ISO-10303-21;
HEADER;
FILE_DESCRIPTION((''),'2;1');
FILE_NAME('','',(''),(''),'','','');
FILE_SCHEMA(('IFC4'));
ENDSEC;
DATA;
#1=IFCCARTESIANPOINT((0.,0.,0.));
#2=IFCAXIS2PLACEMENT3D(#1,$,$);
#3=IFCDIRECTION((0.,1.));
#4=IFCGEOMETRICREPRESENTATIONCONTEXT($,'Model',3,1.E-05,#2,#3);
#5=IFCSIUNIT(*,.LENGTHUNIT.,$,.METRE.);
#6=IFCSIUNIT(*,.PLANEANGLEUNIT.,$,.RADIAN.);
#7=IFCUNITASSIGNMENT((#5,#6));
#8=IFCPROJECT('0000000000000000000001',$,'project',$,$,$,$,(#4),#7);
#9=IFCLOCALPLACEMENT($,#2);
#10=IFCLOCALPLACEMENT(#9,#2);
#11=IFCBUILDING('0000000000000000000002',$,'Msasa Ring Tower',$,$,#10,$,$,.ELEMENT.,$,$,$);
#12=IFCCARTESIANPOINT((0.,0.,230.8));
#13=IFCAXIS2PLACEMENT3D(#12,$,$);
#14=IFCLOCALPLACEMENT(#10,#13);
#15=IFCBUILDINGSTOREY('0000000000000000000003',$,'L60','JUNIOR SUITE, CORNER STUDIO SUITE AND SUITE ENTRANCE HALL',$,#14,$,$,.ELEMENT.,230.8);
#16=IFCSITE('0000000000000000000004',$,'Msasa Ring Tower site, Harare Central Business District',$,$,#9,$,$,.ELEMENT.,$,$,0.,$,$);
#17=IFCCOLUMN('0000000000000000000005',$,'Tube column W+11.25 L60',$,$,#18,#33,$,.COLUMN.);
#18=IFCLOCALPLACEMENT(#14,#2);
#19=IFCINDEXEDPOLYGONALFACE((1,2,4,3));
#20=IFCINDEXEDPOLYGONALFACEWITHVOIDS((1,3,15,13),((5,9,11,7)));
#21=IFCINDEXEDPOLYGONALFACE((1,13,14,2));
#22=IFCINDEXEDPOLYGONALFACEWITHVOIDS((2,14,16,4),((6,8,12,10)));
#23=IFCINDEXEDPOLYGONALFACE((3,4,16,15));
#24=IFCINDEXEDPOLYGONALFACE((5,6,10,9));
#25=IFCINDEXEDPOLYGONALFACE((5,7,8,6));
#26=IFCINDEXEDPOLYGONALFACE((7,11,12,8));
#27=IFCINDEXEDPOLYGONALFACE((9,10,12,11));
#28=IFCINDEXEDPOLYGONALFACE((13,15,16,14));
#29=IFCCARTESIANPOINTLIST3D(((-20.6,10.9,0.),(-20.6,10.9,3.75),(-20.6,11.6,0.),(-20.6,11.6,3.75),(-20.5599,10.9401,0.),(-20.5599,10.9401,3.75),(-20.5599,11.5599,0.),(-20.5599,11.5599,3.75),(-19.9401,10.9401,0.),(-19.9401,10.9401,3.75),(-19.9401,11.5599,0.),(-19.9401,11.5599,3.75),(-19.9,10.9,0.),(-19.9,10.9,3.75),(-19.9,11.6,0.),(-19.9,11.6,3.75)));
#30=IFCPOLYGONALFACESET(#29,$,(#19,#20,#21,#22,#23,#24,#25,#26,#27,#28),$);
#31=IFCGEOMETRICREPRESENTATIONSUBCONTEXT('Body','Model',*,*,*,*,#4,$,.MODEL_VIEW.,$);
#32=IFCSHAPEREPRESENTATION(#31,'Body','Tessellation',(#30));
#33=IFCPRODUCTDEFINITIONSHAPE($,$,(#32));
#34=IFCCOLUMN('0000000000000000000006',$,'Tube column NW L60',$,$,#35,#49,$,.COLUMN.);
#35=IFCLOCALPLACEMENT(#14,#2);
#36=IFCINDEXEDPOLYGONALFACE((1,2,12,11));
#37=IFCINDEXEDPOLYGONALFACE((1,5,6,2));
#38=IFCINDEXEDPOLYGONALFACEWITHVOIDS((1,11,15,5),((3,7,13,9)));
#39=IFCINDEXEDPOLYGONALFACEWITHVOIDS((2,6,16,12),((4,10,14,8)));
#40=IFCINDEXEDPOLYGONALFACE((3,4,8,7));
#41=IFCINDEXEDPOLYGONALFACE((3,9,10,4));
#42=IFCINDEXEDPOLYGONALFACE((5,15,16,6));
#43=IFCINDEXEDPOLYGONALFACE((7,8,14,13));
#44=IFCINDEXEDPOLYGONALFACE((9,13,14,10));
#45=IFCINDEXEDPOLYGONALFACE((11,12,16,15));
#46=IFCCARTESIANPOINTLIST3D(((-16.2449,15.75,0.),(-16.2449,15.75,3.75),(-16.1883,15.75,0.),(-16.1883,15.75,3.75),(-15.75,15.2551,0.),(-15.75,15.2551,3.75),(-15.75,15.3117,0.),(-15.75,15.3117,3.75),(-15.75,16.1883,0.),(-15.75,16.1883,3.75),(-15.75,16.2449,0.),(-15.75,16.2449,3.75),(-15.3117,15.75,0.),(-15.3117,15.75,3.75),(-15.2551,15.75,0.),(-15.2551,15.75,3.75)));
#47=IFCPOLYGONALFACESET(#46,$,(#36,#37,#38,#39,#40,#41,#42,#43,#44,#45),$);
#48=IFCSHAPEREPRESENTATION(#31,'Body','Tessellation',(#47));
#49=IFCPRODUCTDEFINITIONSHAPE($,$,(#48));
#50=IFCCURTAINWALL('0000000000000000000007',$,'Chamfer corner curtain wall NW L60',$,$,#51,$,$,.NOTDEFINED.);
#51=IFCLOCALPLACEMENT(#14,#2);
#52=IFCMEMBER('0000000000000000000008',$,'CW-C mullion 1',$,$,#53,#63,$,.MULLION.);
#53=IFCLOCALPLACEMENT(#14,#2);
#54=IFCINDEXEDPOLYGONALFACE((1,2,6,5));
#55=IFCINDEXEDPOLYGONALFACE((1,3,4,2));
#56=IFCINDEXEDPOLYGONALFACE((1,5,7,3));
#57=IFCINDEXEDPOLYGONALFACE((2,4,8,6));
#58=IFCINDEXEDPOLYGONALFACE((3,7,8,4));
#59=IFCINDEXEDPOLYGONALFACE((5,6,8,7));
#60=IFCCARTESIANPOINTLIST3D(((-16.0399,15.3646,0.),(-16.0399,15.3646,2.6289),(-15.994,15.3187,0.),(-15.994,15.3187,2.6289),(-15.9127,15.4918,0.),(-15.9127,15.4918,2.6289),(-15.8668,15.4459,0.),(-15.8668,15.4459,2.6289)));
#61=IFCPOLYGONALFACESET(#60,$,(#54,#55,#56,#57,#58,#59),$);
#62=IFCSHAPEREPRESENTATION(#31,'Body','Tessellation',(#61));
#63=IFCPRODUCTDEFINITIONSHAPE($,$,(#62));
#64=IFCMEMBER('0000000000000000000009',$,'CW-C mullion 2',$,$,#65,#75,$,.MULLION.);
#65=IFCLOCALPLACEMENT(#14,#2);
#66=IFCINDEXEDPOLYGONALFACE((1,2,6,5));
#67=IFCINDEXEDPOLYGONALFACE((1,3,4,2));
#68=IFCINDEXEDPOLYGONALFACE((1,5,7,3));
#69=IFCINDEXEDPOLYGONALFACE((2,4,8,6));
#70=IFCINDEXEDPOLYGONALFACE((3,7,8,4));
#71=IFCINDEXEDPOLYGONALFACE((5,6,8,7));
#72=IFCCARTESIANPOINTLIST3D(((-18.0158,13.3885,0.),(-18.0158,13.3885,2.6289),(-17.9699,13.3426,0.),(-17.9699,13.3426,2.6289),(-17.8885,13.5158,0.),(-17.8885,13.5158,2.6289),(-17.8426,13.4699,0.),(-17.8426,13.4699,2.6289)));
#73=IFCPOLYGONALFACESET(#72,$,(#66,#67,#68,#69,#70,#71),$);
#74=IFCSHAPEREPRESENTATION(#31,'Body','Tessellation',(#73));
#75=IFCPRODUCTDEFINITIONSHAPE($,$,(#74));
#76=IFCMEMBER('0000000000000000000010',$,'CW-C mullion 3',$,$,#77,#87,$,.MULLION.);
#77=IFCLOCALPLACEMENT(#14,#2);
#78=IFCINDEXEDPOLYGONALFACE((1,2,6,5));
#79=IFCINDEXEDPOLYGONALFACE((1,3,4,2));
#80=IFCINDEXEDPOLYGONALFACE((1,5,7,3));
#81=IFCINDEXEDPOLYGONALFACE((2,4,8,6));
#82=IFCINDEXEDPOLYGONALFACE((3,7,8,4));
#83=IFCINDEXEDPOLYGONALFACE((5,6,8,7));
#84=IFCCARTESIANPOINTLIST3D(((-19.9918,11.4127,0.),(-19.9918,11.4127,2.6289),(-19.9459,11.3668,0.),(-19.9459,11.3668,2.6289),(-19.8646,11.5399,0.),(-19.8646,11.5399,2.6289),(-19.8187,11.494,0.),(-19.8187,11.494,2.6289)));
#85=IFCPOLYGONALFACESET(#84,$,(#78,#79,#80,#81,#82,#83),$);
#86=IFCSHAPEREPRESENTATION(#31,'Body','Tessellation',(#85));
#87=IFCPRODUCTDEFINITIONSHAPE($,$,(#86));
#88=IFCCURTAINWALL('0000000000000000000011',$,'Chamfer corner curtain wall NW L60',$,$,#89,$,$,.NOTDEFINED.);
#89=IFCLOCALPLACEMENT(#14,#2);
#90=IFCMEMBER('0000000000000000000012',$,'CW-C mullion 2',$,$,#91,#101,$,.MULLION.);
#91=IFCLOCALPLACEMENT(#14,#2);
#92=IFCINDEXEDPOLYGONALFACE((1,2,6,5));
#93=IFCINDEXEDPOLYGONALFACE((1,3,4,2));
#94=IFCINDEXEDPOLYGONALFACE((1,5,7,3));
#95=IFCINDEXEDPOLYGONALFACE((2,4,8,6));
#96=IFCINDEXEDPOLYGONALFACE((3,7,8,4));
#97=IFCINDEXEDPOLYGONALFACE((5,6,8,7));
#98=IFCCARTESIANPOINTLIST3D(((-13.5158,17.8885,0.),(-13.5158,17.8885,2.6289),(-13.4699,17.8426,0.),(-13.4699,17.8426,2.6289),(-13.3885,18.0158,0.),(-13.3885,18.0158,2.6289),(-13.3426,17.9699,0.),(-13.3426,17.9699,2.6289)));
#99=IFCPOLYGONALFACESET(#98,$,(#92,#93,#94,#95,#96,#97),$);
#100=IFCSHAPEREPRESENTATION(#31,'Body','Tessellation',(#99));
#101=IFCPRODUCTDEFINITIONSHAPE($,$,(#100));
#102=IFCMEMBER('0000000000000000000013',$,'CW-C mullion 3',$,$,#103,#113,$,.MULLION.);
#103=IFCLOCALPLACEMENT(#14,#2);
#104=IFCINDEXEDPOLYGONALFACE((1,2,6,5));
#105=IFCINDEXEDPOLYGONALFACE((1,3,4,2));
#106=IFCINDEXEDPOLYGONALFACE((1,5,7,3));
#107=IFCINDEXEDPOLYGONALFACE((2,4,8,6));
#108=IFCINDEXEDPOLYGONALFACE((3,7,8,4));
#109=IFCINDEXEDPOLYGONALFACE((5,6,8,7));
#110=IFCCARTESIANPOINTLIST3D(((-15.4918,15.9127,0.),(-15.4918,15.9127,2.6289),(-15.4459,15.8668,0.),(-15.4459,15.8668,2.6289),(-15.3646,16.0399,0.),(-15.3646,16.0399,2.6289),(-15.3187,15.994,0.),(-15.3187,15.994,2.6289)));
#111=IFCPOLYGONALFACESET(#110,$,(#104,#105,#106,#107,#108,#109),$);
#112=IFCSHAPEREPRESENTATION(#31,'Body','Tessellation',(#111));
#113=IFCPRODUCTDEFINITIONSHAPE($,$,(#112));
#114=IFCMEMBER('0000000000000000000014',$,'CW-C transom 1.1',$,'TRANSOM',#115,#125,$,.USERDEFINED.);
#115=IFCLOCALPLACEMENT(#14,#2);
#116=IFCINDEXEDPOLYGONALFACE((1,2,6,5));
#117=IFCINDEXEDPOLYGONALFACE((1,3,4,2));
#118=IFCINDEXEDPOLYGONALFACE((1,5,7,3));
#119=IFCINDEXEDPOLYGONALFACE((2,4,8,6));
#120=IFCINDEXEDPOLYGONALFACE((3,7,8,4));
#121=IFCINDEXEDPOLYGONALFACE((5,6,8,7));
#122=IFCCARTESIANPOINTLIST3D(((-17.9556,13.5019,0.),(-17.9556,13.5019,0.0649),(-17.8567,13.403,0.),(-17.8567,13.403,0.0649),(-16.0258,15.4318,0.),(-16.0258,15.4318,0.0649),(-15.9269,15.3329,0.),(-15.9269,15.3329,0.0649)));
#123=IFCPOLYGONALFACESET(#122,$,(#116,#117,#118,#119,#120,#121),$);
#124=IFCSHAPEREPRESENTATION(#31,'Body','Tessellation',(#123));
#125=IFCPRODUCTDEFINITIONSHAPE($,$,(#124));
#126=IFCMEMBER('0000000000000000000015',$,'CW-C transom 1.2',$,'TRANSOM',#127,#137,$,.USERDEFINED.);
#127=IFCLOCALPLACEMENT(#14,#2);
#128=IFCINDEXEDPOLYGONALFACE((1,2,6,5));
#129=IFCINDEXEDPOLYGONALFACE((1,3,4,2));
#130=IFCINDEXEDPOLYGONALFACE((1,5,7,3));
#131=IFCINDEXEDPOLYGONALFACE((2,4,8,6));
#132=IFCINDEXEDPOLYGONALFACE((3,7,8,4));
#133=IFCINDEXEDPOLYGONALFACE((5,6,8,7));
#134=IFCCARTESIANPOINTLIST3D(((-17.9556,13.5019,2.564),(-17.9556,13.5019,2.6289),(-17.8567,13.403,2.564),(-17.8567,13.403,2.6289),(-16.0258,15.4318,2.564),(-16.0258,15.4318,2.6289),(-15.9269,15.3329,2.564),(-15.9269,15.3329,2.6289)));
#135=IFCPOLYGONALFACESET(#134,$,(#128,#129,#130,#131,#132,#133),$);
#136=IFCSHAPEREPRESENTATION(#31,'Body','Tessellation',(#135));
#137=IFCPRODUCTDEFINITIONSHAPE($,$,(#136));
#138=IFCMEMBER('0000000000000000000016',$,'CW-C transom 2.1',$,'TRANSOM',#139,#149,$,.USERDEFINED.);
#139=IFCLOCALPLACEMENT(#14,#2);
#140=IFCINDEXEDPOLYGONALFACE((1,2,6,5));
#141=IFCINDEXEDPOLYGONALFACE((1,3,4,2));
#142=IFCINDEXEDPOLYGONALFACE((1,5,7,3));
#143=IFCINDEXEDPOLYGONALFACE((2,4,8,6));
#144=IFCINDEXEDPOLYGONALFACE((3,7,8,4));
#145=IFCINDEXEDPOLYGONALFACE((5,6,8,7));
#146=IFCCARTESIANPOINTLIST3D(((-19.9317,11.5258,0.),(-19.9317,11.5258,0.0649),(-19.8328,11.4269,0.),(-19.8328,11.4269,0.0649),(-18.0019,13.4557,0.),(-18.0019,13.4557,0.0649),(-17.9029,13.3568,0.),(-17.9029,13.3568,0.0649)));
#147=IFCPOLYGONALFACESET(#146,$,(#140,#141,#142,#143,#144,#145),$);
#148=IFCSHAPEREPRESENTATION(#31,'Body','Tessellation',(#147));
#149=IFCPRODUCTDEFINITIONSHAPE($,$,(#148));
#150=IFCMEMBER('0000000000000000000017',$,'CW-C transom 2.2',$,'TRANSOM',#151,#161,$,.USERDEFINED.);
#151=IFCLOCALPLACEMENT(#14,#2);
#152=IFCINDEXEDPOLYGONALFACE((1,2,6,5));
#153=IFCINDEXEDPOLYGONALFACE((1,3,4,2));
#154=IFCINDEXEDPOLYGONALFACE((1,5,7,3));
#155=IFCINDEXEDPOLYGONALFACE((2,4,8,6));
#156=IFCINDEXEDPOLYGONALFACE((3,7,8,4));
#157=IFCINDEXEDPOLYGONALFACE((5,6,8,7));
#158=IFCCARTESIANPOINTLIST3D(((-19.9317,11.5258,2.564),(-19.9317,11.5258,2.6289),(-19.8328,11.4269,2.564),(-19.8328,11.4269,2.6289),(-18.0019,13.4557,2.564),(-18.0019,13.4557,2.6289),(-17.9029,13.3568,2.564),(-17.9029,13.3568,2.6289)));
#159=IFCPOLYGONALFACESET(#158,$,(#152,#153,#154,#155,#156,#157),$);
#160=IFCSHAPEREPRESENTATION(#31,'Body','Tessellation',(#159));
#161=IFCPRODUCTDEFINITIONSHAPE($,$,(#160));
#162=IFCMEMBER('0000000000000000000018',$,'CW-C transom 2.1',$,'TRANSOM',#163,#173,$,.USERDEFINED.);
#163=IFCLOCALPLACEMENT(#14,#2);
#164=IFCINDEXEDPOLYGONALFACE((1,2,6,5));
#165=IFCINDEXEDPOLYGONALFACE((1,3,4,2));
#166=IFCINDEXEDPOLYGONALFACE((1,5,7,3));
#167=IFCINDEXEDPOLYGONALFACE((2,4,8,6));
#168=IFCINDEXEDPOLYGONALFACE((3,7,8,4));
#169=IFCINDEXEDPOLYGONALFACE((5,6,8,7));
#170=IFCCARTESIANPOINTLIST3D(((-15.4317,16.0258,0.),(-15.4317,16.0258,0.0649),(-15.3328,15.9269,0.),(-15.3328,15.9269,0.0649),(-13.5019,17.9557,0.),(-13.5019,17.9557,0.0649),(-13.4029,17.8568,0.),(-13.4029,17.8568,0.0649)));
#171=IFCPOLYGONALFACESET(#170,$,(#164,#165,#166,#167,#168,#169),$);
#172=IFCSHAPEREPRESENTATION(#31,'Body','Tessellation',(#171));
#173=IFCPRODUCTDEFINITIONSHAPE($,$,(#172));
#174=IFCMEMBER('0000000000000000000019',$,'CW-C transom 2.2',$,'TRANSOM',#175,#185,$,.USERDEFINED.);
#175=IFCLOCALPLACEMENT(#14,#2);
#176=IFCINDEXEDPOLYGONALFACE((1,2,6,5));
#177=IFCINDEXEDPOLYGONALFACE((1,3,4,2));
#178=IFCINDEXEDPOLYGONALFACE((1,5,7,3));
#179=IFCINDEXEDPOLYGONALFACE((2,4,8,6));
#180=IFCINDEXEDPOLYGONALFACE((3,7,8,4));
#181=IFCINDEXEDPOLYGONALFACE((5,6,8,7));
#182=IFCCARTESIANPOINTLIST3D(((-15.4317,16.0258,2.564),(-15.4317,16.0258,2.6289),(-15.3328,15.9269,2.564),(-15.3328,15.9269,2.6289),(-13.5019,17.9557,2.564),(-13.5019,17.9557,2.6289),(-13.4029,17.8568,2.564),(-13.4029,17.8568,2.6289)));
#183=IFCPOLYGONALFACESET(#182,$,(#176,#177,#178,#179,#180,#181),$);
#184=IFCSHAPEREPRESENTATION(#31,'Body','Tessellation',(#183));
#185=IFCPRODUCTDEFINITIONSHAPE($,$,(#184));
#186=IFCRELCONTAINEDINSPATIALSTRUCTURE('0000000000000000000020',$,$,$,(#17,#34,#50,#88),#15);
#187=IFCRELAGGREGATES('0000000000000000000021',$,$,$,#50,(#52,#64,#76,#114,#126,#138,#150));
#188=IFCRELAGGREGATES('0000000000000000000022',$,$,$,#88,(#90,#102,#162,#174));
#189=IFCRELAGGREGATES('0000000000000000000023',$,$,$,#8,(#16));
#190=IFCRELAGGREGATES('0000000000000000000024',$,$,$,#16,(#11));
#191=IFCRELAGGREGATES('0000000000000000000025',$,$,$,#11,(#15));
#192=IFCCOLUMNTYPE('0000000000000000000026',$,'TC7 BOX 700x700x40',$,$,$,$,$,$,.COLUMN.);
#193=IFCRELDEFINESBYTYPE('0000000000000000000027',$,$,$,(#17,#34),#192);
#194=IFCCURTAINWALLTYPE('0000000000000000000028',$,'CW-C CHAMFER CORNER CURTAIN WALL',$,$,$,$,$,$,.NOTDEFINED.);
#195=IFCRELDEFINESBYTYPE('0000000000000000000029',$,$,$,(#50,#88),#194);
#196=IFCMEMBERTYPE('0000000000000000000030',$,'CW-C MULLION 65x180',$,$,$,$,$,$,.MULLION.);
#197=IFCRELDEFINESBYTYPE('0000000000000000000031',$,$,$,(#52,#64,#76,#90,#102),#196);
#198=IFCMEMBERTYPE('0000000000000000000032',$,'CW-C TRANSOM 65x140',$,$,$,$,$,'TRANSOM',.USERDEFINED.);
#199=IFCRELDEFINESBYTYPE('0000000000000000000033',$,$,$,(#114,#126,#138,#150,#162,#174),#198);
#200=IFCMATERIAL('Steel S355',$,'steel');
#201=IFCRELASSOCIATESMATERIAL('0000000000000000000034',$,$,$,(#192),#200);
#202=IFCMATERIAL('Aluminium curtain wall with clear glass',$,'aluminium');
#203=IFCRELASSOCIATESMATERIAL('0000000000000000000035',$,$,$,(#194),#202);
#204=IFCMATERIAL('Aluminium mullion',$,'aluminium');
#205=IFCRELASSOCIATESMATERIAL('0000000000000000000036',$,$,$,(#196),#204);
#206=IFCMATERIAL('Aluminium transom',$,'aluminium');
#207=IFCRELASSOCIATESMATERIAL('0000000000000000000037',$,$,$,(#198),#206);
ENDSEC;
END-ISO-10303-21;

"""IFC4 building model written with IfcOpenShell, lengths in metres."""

from ifc_helpers import new_model, si_unit, direction, frame, origin, origin_2d, place, context, subcontext, project, spatial, rectangle, hollow_rectangle, extrude, material, material_profile, profile_set, type_object, element, aggregate, save


model = new_model("IFC4")

# Units and contexts
model_context = context("Model", 3, precision=1e-05, world=origin(), true_north=direction((0.0, 1.0)))
body_context = subcontext(model_context, "Body", "Model", "MODEL_VIEW")
ifc_project = project(units=[si_unit("LENGTHUNIT", "METRE"), si_unit("PLANEANGLEUNIT", "RADIAN")], contexts=[model_context])

# Site, building, storey
site_placement = place(None, origin())
site = spatial("IfcSite", under=ifc_project, at=site_placement, Name="Msasa Ring Tower site, Harare Central Business District", CompositionType="ELEMENT", RefElevation=0.0)
building_placement = place(site_placement, origin())
building = spatial("IfcBuilding", under=site, at=building_placement, Name="Msasa Ring Tower", CompositionType="ELEMENT")
storey_placement = place(building_placement, frame((0.0, 0.0, 230.8)))
storey = spatial("IfcBuildingStorey", under=building, at=storey_placement, Name="L60", Description="JUNIOR SUITE, CORNER STUDIO SUITE AND SUITE ENTRANCE HALL", CompositionType="ELEMENT", Elevation=230.8)

# Columns
ifc_material_1 = material(Name="Steel S355", Category="steel")
ifc_material_profile_1 = material_profile(ifc_material_1, hollow_rectangle(XDim=0.7, YDim=0.7, WallThickness=0.04, at=origin_2d()), Name="BOX 700x700x40")
ifc_profile_set_1 = profile_set([ifc_material_profile_1], Name="Steel S355")
column_type = type_object("IfcColumnType", Name="TC7 BOX 700x700x40", PredefinedType="COLUMN", material=ifc_profile_set_1)
for number, where, z_axis, x_axis, name in (
    (1, (-20.25, 11.25, 0.0), (0.0, 0.0, 1.0), (1.0, 0.0, 0.0), "Tube column W+11.25 L60"),
    (2, (-15.75, 15.75, 0.0), (0.0, 0.0, 1.0), (0.707107, -0.707107, 0.0), "Tube column NW L60"),
):
    element("IfcColumn", number, at=place(storey_placement, frame(where, z_axis=z_axis, x_axis=x_axis)), inside=storey, type_object=column_type, Name=name, PredefinedType="COLUMN", context=body_context, shape_type="SweptSolid", body=[
        extrude(hollow_rectangle(XDim=0.7, YDim=0.7, WallThickness=0.04, at=origin_2d()), origin(), (0.0, 0.0, 1.0), 3.75),
    ])

# Curtain walls, members
ifc_material_2 = material(Name="Aluminium curtain wall with clear glass", Category="aluminium")
curtain_wall_type = type_object("IfcCurtainWallType", Name="CW-C CHAMFER CORNER CURTAIN WALL", PredefinedType="NOTDEFINED", material=ifc_material_2)
curtain_wall_1_placement = place(storey_placement, origin())
curtain_wall_1 = element("IfcCurtainWall", 3, at=curtain_wall_1_placement, inside=storey, type_object=curtain_wall_type, Name="Chamfer corner curtain wall NW L60", PredefinedType="NOTDEFINED")
ifc_material_3 = material(Name="Aluminium mullion", Category="aluminium")
ifc_material_profile_2 = material_profile(ifc_material_3, rectangle(XDim=0.0649, YDim=0.1799, at=origin_2d()), Name="AL 65x180")
ifc_profile_set_2 = profile_set([ifc_material_profile_2], Name="Aluminium mullion")
member_type_1 = type_object("IfcMemberType", Name="CW-C MULLION 65x180", PredefinedType="MULLION", material=ifc_profile_set_2)
member_1_placement = place(storey_placement, frame((-15.9534, 15.4053, 0.0), z_axis=(0.0, 0.0, 1.0), x_axis=(0.707107, -0.707107, 0.0)))
member_1 = element("IfcMember", 4, at=member_1_placement, type_object=member_type_1, Name="CW-C mullion 1", PredefinedType="MULLION", context=body_context, shape_type="SweptSolid", body=[
    extrude(rectangle(XDim=0.0649, YDim=0.1799, at=origin_2d()), origin(), (0.0, 0.0, 1.0), 2.6289),
])
member_2_placement = place(storey_placement, frame((-17.9292, 13.4292, 0.0), z_axis=(0.0, 0.0, 1.0), x_axis=(0.707107, -0.707107, 0.0)))
member_2 = element("IfcMember", 5, at=member_2_placement, type_object=member_type_1, Name="CW-C mullion 2", PredefinedType="MULLION", context=body_context, shape_type="SweptSolid", body=[
    extrude(rectangle(XDim=0.0649, YDim=0.1799, at=origin_2d()), origin(), (0.0, 0.0, 1.0), 2.6289),
])
member_3_placement = place(storey_placement, frame((-19.9053, 11.4534, 0.0), z_axis=(0.0, 0.0, 1.0), x_axis=(0.707107, -0.707107, 0.0)))
member_3 = element("IfcMember", 6, at=member_3_placement, type_object=member_type_1, Name="CW-C mullion 3", PredefinedType="MULLION", context=body_context, shape_type="SweptSolid", body=[
    extrude(rectangle(XDim=0.0649, YDim=0.1799, at=origin_2d()), origin(), (0.0, 0.0, 1.0), 2.6289),
])
curtain_wall_2_placement = place(storey_placement, origin())
curtain_wall_2 = element("IfcCurtainWall", 7, at=curtain_wall_2_placement, inside=storey, type_object=curtain_wall_type, Name="Chamfer corner curtain wall NW L60", PredefinedType="NOTDEFINED")
member_4_placement = place(storey_placement, frame((-13.4292, 17.9292, 0.0), z_axis=(0.0, 0.0, 1.0), x_axis=(0.707107, -0.707107, 0.0)))
member_4 = element("IfcMember", 8, at=member_4_placement, type_object=member_type_1, Name="CW-C mullion 2", PredefinedType="MULLION", context=body_context, shape_type="SweptSolid", body=[
    extrude(rectangle(XDim=0.0649, YDim=0.1799, at=origin_2d()), origin(), (0.0, 0.0, 1.0), 2.6289),
])
member_5_placement = place(storey_placement, frame((-15.4053, 15.9534, 0.0), z_axis=(0.0, 0.0, 1.0), x_axis=(0.707107, -0.707107, 0.0)))
member_5 = element("IfcMember", 9, at=member_5_placement, type_object=member_type_1, Name="CW-C mullion 3", PredefinedType="MULLION", context=body_context, shape_type="SweptSolid", body=[
    extrude(rectangle(XDim=0.0649, YDim=0.1799, at=origin_2d()), origin(), (0.0, 0.0, 1.0), 2.6289),
])

# Members
ifc_material_4 = material(Name="Aluminium transom", Category="aluminium")
ifc_material_profile_3 = material_profile(ifc_material_4, rectangle(XDim=0.1399, YDim=0.0649, at=origin_2d()), Name="AL 65x140")
ifc_profile_set_3 = profile_set([ifc_material_profile_3], Name="Aluminium transom")
member_type_2 = type_object("IfcMemberType", Name="CW-C TRANSOM 65x140", ElementType="TRANSOM", PredefinedType="USERDEFINED", material=ifc_profile_set_3)
member_6_placement = place(storey_placement, frame((-15.9763, 15.3823, 0.0325), z_axis=(-0.707107, -0.707107, 0.0), x_axis=(0.707107, -0.707107, 0.0)))
member_6 = element("IfcMember", 10, at=member_6_placement, type_object=member_type_2, Name="CW-C transom 1.1", ObjectType="TRANSOM", PredefinedType="USERDEFINED", context=body_context, shape_type="SweptSolid", body=[
    extrude(rectangle(XDim=0.1399, YDim=0.0649, at=origin_2d()), origin(), (0.0, 0.0, 1.0), 2.7292),
])
member_7_placement = place(storey_placement, frame((-15.9763, 15.3823, 2.5964), z_axis=(-0.707107, -0.707107, 0.0), x_axis=(0.707107, -0.707107, 0.0)))
member_7 = element("IfcMember", 11, at=member_7_placement, type_object=member_type_2, Name="CW-C transom 1.2", ObjectType="TRANSOM", PredefinedType="USERDEFINED", context=body_context, shape_type="SweptSolid", body=[
    extrude(rectangle(XDim=0.1399, YDim=0.0649, at=origin_2d()), origin(), (0.0, 0.0, 1.0), 2.7292),
])
member_8_placement = place(storey_placement, frame((-17.9524, 13.4062, 0.0325), z_axis=(-0.707107, -0.707107, 0.0), x_axis=(0.707107, -0.707107, 0.0)))
member_8 = element("IfcMember", 12, at=member_8_placement, type_object=member_type_2, Name="CW-C transom 2.1", ObjectType="TRANSOM", PredefinedType="USERDEFINED", context=body_context, shape_type="SweptSolid", body=[
    extrude(rectangle(XDim=0.1399, YDim=0.0649, at=origin_2d()), origin(), (0.0, 0.0, 1.0), 2.7292),
])
member_9_placement = place(storey_placement, frame((-17.9524, 13.4062, 2.5964), z_axis=(-0.707107, -0.707107, 0.0), x_axis=(0.707107, -0.707107, 0.0)))
member_9 = element("IfcMember", 13, at=member_9_placement, type_object=member_type_2, Name="CW-C transom 2.2", ObjectType="TRANSOM", PredefinedType="USERDEFINED", context=body_context, shape_type="SweptSolid", body=[
    extrude(rectangle(XDim=0.1399, YDim=0.0649, at=origin_2d()), origin(), (0.0, 0.0, 1.0), 2.7292),
])
member_10_placement = place(storey_placement, frame((-13.4524, 17.9062, 0.0325), z_axis=(-0.707107, -0.707107, 0.0), x_axis=(0.707107, -0.707107, 0.0)))
member_10 = element("IfcMember", 14, at=member_10_placement, type_object=member_type_2, Name="CW-C transom 2.1", ObjectType="TRANSOM", PredefinedType="USERDEFINED", context=body_context, shape_type="SweptSolid", body=[
    extrude(rectangle(XDim=0.1399, YDim=0.0649, at=origin_2d()), origin(), (0.0, 0.0, 1.0), 2.7292),
])
member_11_placement = place(storey_placement, frame((-13.4524, 17.9062, 2.5964), z_axis=(-0.707107, -0.707107, 0.0), x_axis=(0.707107, -0.707107, 0.0)))
member_11 = element("IfcMember", 15, at=member_11_placement, type_object=member_type_2, Name="CW-C transom 2.2", ObjectType="TRANSOM", PredefinedType="USERDEFINED", context=body_context, shape_type="SweptSolid", body=[
    extrude(rectangle(XDim=0.1399, YDim=0.0649, at=origin_2d()), origin(), (0.0, 0.0, 1.0), 2.7292),
])

aggregate(curtain_wall_1, [member_1, member_2, member_3, member_6, member_7, member_8, member_9])
aggregate(curtain_wall_2, [member_4, member_5, member_10, member_11])

save(model, "model.ifc")
